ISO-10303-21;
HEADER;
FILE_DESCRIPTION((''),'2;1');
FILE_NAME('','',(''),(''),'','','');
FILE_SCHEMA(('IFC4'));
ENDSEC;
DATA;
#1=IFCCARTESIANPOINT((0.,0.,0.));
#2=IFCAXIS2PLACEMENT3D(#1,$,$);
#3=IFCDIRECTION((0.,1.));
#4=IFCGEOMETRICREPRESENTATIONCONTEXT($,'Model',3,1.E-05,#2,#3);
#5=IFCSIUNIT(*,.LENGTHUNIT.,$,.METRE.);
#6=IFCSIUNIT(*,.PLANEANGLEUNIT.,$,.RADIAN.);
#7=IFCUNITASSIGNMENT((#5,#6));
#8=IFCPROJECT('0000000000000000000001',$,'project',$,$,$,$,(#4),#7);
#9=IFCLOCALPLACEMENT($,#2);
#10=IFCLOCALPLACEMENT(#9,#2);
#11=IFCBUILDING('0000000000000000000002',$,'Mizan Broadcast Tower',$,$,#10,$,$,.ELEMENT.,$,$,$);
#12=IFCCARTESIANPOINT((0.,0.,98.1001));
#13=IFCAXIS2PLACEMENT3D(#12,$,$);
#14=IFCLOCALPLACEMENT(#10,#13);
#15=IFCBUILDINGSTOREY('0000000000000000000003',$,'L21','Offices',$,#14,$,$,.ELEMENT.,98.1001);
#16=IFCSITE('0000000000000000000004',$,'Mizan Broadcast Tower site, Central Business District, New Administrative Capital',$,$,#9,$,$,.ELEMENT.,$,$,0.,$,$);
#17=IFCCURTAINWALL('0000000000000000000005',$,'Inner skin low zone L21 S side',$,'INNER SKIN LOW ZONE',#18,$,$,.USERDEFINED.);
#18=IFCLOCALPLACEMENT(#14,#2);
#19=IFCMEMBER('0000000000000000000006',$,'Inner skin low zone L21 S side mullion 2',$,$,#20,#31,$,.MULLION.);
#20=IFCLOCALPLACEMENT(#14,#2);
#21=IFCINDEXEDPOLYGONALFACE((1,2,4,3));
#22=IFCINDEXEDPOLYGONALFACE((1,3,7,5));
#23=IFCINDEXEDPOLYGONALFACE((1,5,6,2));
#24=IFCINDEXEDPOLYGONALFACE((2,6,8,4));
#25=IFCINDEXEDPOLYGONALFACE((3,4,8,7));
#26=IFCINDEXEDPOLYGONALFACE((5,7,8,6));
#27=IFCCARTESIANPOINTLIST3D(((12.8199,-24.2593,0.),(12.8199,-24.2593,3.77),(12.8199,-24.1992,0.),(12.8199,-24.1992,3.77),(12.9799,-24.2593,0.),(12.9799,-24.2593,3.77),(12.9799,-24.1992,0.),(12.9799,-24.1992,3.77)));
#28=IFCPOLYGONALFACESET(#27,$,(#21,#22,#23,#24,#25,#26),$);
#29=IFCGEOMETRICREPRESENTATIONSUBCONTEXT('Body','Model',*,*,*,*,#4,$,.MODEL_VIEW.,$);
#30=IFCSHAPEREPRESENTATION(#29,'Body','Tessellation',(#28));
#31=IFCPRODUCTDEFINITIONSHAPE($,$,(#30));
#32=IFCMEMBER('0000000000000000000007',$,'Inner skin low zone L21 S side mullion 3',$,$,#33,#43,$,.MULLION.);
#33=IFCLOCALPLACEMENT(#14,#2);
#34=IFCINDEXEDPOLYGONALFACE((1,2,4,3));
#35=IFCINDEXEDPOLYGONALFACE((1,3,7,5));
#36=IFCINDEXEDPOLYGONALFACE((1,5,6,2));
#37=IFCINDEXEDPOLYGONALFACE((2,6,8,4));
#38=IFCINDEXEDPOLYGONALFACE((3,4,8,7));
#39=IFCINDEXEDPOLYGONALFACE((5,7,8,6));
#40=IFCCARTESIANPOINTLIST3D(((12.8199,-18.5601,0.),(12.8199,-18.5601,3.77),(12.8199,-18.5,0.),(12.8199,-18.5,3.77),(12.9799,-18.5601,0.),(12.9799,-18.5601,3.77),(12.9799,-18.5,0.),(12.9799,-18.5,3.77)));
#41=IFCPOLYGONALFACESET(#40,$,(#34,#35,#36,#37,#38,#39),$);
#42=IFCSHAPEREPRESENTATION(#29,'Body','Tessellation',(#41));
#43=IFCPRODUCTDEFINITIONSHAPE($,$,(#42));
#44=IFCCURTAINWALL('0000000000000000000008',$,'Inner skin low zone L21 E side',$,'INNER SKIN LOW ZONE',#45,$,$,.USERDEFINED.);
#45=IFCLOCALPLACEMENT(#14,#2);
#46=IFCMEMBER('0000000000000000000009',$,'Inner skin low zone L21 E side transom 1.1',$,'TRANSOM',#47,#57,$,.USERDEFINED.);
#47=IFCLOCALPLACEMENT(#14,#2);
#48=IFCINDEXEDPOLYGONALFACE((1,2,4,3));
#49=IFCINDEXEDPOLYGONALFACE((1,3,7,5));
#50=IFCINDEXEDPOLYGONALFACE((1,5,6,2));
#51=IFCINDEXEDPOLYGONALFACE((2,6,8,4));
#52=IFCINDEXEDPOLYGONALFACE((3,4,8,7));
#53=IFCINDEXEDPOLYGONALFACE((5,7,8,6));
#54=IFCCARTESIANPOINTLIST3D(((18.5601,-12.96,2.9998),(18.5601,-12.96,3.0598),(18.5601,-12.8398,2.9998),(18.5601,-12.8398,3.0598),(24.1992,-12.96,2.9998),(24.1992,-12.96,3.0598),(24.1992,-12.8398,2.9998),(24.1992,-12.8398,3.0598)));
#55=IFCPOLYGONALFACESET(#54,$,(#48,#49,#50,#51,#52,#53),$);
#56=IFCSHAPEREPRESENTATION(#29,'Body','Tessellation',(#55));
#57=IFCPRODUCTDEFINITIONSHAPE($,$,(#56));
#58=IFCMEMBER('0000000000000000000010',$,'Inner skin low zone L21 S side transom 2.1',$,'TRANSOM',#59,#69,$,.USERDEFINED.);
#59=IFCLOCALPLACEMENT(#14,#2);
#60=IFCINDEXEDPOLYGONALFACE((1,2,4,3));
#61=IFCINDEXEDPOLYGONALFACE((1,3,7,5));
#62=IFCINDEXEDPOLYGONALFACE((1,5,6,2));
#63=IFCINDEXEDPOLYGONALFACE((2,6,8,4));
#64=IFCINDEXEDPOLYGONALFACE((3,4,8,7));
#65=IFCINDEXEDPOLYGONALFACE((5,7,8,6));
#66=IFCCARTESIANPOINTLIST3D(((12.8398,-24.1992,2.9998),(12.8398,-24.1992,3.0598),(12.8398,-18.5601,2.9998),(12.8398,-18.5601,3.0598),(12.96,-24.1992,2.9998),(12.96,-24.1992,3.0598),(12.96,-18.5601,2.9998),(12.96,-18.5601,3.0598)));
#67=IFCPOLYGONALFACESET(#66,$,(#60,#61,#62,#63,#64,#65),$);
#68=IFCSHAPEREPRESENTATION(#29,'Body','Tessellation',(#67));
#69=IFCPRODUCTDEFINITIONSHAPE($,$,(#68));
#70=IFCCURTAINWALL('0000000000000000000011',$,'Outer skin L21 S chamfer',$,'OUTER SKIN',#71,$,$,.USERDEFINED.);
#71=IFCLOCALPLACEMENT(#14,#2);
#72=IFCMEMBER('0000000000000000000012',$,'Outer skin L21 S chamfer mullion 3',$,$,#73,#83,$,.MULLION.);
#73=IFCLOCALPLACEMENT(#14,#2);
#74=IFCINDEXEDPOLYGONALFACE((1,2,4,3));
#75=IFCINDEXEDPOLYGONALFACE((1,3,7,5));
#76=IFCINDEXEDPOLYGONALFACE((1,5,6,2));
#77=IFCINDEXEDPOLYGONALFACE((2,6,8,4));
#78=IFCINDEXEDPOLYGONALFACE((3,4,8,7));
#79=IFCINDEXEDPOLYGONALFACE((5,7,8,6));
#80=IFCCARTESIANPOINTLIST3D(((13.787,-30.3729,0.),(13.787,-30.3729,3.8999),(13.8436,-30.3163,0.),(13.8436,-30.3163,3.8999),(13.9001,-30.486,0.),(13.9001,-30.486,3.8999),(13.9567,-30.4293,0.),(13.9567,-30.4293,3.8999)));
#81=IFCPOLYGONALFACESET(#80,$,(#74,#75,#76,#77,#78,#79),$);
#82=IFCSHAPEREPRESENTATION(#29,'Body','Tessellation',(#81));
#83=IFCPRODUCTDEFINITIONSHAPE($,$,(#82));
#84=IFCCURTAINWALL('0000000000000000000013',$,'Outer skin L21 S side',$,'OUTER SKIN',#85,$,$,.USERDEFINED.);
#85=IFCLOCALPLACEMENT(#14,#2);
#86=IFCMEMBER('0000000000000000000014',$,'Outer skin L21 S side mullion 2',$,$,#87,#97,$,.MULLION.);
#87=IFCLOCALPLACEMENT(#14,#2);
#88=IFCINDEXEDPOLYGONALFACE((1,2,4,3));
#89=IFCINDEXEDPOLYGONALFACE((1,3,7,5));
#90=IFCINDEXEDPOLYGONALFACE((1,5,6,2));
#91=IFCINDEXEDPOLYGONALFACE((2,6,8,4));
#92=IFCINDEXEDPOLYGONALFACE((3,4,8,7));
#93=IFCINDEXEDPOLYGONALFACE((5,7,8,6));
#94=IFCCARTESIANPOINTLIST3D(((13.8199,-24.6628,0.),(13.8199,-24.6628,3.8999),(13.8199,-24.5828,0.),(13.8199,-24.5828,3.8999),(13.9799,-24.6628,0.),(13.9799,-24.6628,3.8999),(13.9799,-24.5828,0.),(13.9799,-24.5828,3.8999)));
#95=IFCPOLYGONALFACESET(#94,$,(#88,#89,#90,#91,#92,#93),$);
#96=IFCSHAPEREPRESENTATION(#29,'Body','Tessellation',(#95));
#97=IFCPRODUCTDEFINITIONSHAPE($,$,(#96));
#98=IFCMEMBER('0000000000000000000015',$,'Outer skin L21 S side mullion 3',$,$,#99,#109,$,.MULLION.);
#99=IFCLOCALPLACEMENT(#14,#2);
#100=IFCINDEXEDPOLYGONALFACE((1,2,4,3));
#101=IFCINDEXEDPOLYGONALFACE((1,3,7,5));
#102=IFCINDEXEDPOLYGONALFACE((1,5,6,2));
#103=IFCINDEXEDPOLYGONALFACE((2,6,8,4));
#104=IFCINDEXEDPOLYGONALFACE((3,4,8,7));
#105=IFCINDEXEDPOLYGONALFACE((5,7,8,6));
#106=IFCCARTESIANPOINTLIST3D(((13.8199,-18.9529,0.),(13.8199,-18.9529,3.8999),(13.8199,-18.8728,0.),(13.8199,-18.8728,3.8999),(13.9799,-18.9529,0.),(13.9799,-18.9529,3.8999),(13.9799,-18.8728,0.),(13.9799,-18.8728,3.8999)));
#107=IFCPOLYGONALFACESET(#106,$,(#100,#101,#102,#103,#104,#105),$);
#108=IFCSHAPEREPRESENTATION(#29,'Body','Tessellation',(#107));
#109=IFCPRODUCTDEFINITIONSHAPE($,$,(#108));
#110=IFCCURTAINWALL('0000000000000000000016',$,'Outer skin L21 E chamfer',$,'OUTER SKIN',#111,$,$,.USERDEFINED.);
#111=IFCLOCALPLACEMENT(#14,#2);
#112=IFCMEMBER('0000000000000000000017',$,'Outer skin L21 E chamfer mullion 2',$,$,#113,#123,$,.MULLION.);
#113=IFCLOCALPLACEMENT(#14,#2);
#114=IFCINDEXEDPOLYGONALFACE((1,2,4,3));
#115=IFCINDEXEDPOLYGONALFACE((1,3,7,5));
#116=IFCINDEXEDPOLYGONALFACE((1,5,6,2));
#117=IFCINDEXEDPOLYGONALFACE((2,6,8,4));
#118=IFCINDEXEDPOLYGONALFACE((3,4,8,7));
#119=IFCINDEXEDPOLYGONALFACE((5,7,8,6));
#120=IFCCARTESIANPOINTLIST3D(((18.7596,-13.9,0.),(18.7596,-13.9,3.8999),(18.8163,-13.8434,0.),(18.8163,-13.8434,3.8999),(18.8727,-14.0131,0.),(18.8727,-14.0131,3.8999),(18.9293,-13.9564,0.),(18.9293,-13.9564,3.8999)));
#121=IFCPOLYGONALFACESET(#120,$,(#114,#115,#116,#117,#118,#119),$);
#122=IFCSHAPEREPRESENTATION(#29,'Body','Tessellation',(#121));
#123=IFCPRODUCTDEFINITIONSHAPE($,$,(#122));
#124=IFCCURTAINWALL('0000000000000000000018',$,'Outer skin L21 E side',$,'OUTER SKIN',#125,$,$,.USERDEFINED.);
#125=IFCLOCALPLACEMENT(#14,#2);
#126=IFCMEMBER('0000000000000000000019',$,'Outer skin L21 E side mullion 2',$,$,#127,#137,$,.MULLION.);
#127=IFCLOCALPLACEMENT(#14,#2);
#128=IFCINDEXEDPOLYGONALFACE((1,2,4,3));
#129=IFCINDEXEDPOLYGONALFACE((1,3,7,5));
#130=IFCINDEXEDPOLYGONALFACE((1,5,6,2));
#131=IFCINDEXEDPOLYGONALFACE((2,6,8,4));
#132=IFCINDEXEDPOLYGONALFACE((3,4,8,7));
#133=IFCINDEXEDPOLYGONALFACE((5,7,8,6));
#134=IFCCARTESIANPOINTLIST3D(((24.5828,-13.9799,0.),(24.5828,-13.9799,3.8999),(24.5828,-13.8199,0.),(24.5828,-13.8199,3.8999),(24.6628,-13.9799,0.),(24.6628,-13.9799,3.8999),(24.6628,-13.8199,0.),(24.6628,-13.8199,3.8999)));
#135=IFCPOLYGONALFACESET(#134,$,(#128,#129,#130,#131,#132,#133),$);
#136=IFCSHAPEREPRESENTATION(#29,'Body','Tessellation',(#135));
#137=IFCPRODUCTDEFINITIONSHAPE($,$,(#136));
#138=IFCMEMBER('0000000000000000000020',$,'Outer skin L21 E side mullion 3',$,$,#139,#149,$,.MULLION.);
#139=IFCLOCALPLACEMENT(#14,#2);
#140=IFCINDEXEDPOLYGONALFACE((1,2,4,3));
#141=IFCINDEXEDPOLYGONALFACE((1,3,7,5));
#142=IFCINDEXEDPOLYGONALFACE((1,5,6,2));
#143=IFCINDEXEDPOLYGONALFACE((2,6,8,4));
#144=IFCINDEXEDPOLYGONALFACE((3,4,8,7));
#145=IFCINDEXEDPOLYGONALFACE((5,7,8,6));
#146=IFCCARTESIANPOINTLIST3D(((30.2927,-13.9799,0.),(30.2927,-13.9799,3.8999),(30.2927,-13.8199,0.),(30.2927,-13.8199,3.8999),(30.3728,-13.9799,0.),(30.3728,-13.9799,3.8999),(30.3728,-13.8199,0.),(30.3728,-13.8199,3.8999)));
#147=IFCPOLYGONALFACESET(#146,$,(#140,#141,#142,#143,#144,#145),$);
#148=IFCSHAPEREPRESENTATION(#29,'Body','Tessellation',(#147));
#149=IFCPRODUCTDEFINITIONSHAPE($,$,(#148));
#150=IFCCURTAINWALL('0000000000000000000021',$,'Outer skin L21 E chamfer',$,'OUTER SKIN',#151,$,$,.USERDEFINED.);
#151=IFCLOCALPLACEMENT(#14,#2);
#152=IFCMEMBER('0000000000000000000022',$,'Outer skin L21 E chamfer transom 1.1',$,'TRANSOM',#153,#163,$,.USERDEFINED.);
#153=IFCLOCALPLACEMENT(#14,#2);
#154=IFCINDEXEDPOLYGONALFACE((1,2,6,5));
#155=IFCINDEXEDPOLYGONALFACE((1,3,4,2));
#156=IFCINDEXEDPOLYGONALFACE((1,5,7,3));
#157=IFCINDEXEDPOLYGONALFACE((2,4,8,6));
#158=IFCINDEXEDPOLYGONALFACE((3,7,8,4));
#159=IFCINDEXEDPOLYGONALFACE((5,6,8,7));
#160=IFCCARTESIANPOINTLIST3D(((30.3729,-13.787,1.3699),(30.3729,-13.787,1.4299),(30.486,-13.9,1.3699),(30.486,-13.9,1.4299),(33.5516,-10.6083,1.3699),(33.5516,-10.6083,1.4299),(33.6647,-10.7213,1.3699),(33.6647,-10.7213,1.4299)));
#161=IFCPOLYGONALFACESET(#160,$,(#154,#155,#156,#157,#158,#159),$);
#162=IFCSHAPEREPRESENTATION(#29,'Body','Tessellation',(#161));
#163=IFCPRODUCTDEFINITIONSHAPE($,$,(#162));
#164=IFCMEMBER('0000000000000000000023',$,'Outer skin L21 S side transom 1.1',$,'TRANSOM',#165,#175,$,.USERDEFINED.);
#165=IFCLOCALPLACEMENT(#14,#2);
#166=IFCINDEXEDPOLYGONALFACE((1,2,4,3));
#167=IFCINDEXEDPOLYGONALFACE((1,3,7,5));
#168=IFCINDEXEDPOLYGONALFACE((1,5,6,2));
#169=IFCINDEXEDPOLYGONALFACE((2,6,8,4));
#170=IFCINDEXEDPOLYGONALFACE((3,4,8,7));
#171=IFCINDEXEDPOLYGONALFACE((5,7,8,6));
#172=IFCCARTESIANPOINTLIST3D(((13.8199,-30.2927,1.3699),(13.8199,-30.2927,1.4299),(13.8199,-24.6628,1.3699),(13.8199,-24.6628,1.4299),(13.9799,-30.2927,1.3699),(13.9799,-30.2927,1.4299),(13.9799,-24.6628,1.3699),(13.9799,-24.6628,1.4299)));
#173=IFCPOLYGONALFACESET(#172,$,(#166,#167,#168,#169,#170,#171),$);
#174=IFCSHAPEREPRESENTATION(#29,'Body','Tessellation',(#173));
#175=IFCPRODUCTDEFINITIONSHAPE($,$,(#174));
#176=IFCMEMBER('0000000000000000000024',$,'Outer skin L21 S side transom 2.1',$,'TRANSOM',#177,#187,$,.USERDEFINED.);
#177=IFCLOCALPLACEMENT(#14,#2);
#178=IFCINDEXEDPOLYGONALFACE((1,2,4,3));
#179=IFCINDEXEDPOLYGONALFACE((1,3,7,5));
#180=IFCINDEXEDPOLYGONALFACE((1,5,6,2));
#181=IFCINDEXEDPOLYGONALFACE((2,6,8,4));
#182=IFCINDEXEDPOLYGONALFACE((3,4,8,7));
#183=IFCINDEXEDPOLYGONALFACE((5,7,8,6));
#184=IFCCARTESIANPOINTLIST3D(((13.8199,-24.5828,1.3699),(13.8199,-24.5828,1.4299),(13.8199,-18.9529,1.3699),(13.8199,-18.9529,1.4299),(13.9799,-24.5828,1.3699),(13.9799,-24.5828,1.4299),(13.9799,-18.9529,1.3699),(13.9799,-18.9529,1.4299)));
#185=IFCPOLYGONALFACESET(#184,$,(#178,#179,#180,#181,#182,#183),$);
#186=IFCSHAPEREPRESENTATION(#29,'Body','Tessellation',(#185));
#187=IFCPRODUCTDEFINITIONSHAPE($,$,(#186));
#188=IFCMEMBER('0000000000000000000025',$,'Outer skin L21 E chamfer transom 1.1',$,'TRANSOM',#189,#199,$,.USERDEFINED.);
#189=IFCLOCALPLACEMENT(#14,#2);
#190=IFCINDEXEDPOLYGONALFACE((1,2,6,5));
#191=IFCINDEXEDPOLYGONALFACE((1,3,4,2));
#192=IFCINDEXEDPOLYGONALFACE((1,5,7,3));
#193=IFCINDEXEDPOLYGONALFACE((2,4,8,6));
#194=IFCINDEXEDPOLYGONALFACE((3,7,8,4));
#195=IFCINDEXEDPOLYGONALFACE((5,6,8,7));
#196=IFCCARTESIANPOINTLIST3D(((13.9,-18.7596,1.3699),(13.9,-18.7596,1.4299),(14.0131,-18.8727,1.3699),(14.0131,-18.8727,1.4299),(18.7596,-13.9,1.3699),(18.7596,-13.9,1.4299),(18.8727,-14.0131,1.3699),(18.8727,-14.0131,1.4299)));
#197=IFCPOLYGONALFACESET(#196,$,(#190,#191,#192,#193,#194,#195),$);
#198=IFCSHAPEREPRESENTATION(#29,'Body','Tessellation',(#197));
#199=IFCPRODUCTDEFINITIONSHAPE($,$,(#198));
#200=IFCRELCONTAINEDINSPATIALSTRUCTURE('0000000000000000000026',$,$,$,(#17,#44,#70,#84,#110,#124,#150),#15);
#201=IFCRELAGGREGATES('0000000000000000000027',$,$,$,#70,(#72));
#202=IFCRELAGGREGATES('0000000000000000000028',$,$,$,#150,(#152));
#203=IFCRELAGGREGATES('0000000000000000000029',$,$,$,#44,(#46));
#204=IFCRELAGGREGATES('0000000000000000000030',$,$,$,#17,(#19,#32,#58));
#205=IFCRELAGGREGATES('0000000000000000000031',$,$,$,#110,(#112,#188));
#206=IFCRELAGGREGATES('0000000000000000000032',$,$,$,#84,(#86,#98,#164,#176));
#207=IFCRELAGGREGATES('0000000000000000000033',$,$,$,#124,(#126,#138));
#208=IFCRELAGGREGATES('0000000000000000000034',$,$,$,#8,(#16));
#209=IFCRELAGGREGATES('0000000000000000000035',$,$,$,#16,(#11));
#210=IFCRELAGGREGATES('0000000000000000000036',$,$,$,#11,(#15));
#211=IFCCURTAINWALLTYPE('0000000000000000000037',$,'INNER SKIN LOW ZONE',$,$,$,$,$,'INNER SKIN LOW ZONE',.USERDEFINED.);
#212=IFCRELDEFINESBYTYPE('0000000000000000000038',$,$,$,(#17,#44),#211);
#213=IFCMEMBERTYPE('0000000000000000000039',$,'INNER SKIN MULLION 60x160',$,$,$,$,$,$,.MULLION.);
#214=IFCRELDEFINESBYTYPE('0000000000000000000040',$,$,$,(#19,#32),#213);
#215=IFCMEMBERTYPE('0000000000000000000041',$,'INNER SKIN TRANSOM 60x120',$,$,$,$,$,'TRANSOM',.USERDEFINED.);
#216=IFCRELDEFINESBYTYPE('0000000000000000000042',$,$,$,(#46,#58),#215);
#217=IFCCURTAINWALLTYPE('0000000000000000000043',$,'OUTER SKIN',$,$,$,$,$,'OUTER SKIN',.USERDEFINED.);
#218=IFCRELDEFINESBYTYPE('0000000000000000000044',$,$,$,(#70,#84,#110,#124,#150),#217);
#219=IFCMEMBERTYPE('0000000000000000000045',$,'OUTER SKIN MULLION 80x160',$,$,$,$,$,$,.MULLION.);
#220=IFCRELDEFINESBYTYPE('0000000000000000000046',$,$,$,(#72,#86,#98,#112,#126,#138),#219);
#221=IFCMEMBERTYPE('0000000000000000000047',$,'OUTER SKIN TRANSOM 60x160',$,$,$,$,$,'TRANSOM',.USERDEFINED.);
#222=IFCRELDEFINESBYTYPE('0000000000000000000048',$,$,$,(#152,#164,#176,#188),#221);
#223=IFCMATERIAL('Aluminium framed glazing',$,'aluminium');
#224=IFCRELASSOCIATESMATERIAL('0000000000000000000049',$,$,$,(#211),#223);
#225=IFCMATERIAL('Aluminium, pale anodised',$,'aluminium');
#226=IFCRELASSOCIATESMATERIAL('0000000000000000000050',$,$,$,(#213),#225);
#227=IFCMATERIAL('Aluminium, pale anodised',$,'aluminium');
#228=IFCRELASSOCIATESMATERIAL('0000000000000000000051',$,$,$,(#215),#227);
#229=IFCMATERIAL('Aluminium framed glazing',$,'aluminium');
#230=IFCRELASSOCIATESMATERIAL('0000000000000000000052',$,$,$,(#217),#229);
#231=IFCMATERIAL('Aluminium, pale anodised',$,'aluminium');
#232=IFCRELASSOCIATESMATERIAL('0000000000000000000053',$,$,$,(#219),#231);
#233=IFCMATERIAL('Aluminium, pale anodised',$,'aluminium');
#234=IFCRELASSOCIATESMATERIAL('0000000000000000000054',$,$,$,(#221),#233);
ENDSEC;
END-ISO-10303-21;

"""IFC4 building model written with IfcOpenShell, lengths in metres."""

from ifc_helpers import new_model, si_unit, direction, frame, origin, origin_2d, place, context, subcontext, project, spatial, rectangle, extrude, material, material_profile, profile_set, type_object, element, aggregate, save


model = new_model("IFC4")

# Units and contexts
model_context = context("Model", 3, precision=1e-05, world=origin(), true_north=direction((0.0, 1.0)))
body_context = subcontext(model_context, "Body", "Model", "MODEL_VIEW")
ifc_project = project(units=[si_unit("LENGTHUNIT", "METRE"), si_unit("PLANEANGLEUNIT", "RADIAN")], contexts=[model_context])

# Site, building, storey
site_placement = place(None, origin())
site = spatial("IfcSite", under=ifc_project, at=site_placement, Name="Mizan Broadcast Tower site, Central Business District, New Administrative Capital", CompositionType="ELEMENT", RefElevation=0.0)
building_placement = place(site_placement, origin())
building = spatial("IfcBuilding", under=site, at=building_placement, Name="Mizan Broadcast Tower", CompositionType="ELEMENT")
storey_placement = place(building_placement, frame((0.0, 0.0, 98.1001)))
storey = spatial("IfcBuildingStorey", under=building, at=storey_placement, Name="L21", Description="Offices", CompositionType="ELEMENT", Elevation=98.1001)

# Curtain wall, members
ifc_material_1 = material(Name="Aluminium framed glazing", Category="aluminium")
curtain_wall_type_1 = type_object("IfcCurtainWallType", Name="INNER SKIN LOW ZONE", ElementType="INNER SKIN LOW ZONE", PredefinedType="USERDEFINED", material=ifc_material_1)
curtain_wall_1_placement = place(storey_placement, origin())
curtain_wall_1 = element("IfcCurtainWall", 1, at=curtain_wall_1_placement, inside=storey, type_object=curtain_wall_type_1, Name="Inner skin low zone L21 S side", ObjectType="INNER SKIN LOW ZONE", PredefinedType="USERDEFINED")
ifc_material_2 = material(Name="Aluminium, pale anodised", Category="aluminium")
ifc_material_profile_1 = material_profile(ifc_material_2, rectangle(XDim=0.1599, YDim=0.0601, at=origin_2d()), Name="MULLION 160x60")
ifc_profile_set_1 = profile_set([ifc_material_profile_1], Name="Aluminium, pale anodised")
member_type_1 = type_object("IfcMemberType", Name="INNER SKIN MULLION 60x160", PredefinedType="MULLION", material=ifc_profile_set_1)
member_1_placement = place(storey_placement, frame((12.8999, -24.2292, 0.0), z_axis=(0.0, 0.0, 1.0), x_axis=(-1.0, 0.0, 0.0)))
member_1 = element("IfcMember", 2, at=member_1_placement, type_object=member_type_1, Name="Inner skin low zone L21 S side mullion 2", PredefinedType="MULLION", context=body_context, shape_type="SweptSolid", body=[
    extrude(rectangle(XDim=0.1599, YDim=0.0601, at=origin_2d()), origin(), (0.0, 0.0, 1.0), 3.77),
])
member_2_placement = place(storey_placement, frame((12.8999, -18.53, 0.0), z_axis=(0.0, 0.0, 1.0), x_axis=(-1.0, 0.0, 0.0)))
member_2 = element("IfcMember", 3, at=member_2_placement, type_object=member_type_1, Name="Inner skin low zone L21 S side mullion 3", PredefinedType="MULLION", context=body_context, shape_type="SweptSolid", body=[
    extrude(rectangle(XDim=0.1599, YDim=0.0601, at=origin_2d()), origin(), (0.0, 0.0, 1.0), 3.77),
])

# Curtain wall, member
curtain_wall_2_placement = place(storey_placement, origin())
curtain_wall_2 = element("IfcCurtainWall", 4, at=curtain_wall_2_placement, inside=storey, type_object=curtain_wall_type_1, Name="Inner skin low zone L21 E side", ObjectType="INNER SKIN LOW ZONE", PredefinedType="USERDEFINED")
ifc_material_3 = material(Name="Aluminium, pale anodised", Category="aluminium")
ifc_material_profile_2 = material_profile(ifc_material_3, rectangle(XDim=0.1201, YDim=0.0601, at=origin_2d()), Name="TRANSOM 120x60")
ifc_profile_set_2 = profile_set([ifc_material_profile_2], Name="Aluminium, pale anodised")
member_type_2 = type_object("IfcMemberType", Name="INNER SKIN TRANSOM 60x120", ElementType="TRANSOM", PredefinedType="USERDEFINED", material=ifc_profile_set_2)
member_3_placement = place(storey_placement, frame((18.5601, -12.8999, 3.0298), z_axis=(1.0, 0.0, 0.0), x_axis=(0.0, 1.0, 0.0)))
member_3 = element("IfcMember", 5, at=member_3_placement, type_object=member_type_2, Name="Inner skin low zone L21 E side transom 1.1", ObjectType="TRANSOM", PredefinedType="USERDEFINED", context=body_context, shape_type="SweptSolid", body=[
    extrude(rectangle(XDim=0.1201, YDim=0.0601, at=origin_2d()), origin(), (0.0, 0.0, 1.0), 5.6392),
])

# Member
member_4_placement = place(storey_placement, frame((12.8999, -24.1992, 3.0298), z_axis=(0.0, 1.0, 0.0), x_axis=(-1.0, 0.0, 0.0)))
member_4 = element("IfcMember", 6, at=member_4_placement, type_object=member_type_2, Name="Inner skin low zone L21 S side transom 2.1", ObjectType="TRANSOM", PredefinedType="USERDEFINED", context=body_context, shape_type="SweptSolid", body=[
    extrude(rectangle(XDim=0.1201, YDim=0.0601, at=origin_2d()), origin(), (0.0, 0.0, 1.0), 5.6392),
])

# Curtain wall, member
ifc_material_4 = material(Name="Aluminium framed glazing", Category="aluminium")
curtain_wall_type_2 = type_object("IfcCurtainWallType", Name="OUTER SKIN", ElementType="OUTER SKIN", PredefinedType="USERDEFINED", material=ifc_material_4)
curtain_wall_3_placement = place(storey_placement, origin())
curtain_wall_3 = element("IfcCurtainWall", 7, at=curtain_wall_3_placement, inside=storey, type_object=curtain_wall_type_2, Name="Outer skin L21 S chamfer", ObjectType="OUTER SKIN", PredefinedType="USERDEFINED")
ifc_material_5 = material(Name="Aluminium, pale anodised", Category="aluminium")
ifc_material_profile_3 = material_profile(ifc_material_5, rectangle(XDim=0.1599, YDim=0.0801, at=origin_2d()), Name="MULLION 160x80")
ifc_profile_set_3 = profile_set([ifc_material_profile_3], Name="Aluminium, pale anodised")
member_type_3 = type_object("IfcMemberType", Name="OUTER SKIN MULLION 80x160", PredefinedType="MULLION", material=ifc_profile_set_3)
member_5_placement = place(storey_placement, frame((13.8718, -30.4011, 0.0), z_axis=(0.0, 0.0, 1.0), x_axis=(-0.707107, 0.707107, 0.0)))
member_5 = element("IfcMember", 8, at=member_5_placement, type_object=member_type_3, Name="Outer skin L21 S chamfer mullion 3", PredefinedType="MULLION", context=body_context, shape_type="SweptSolid", body=[
    extrude(rectangle(XDim=0.1599, YDim=0.0801, at=origin_2d()), origin(), (0.0, 0.0, 1.0), 3.8999),
])
aggregate(curtain_wall_3, [member_5])

# Curtain wall, members
curtain_wall_4_placement = place(storey_placement, origin())
curtain_wall_4 = element("IfcCurtainWall", 9, at=curtain_wall_4_placement, inside=storey, type_object=curtain_wall_type_2, Name="Outer skin L21 S side", ObjectType="OUTER SKIN", PredefinedType="USERDEFINED")
member_6_placement = place(storey_placement, frame((13.8999, -24.6228, 0.0), z_axis=(0.0, 0.0, 1.0), x_axis=(-1.0, 0.0, 0.0)))
member_6 = element("IfcMember", 10, at=member_6_placement, type_object=member_type_3, Name="Outer skin L21 S side mullion 2", PredefinedType="MULLION", context=body_context, shape_type="SweptSolid", body=[
    extrude(rectangle(XDim=0.1599, YDim=0.0801, at=origin_2d()), origin(), (0.0, 0.0, 1.0), 3.8999),
])
member_7_placement = place(storey_placement, frame((13.8999, -18.9128, 0.0), z_axis=(0.0, 0.0, 1.0), x_axis=(-1.0, 0.0, 0.0)))
member_7 = element("IfcMember", 11, at=member_7_placement, type_object=member_type_3, Name="Outer skin L21 S side mullion 3", PredefinedType="MULLION", context=body_context, shape_type="SweptSolid", body=[
    extrude(rectangle(XDim=0.1599, YDim=0.0801, at=origin_2d()), origin(), (0.0, 0.0, 1.0), 3.8999),
])

# Curtain wall, member
curtain_wall_5_placement = place(storey_placement, origin())
curtain_wall_5 = element("IfcCurtainWall", 12, at=curtain_wall_5_placement, inside=storey, type_object=curtain_wall_type_2, Name="Outer skin L21 E chamfer", ObjectType="OUTER SKIN", PredefinedType="USERDEFINED")
member_8_placement = place(storey_placement, frame((18.8445, -13.9282, 0.0), z_axis=(0.0, 0.0, 1.0), x_axis=(-0.707107, 0.707107, 0.0)))
member_8 = element("IfcMember", 13, at=member_8_placement, type_object=member_type_3, Name="Outer skin L21 E chamfer mullion 2", PredefinedType="MULLION", context=body_context, shape_type="SweptSolid", body=[
    extrude(rectangle(XDim=0.1599, YDim=0.0801, at=origin_2d()), origin(), (0.0, 0.0, 1.0), 3.8999),
])

# Curtain wall, members
curtain_wall_6_placement = place(storey_placement, origin())
curtain_wall_6 = element("IfcCurtainWall", 14, at=curtain_wall_6_placement, inside=storey, type_object=curtain_wall_type_2, Name="Outer skin L21 E side", ObjectType="OUTER SKIN", PredefinedType="USERDEFINED")
member_9_placement = place(storey_placement, frame((24.6228, -13.8999, 0.0), z_axis=(0.0, 0.0, 1.0), x_axis=(0.0, 1.0, 0.0)))
member_9 = element("IfcMember", 15, at=member_9_placement, type_object=member_type_3, Name="Outer skin L21 E side mullion 2", PredefinedType="MULLION", context=body_context, shape_type="SweptSolid", body=[
    extrude(rectangle(XDim=0.1599, YDim=0.0801, at=origin_2d()), origin(), (0.0, 0.0, 1.0), 3.8999),
])
member_10_placement = place(storey_placement, frame((30.3328, -13.8999, 0.0), z_axis=(0.0, 0.0, 1.0), x_axis=(0.0, 1.0, 0.0)))
member_10 = element("IfcMember", 16, at=member_10_placement, type_object=member_type_3, Name="Outer skin L21 E side mullion 3", PredefinedType="MULLION", context=body_context, shape_type="SweptSolid", body=[
    extrude(rectangle(XDim=0.1599, YDim=0.0801, at=origin_2d()), origin(), (0.0, 0.0, 1.0), 3.8999),
])

# Curtain wall, member
curtain_wall_7_placement = place(storey_placement, origin())
curtain_wall_7 = element("IfcCurtainWall", 17, at=curtain_wall_7_placement, inside=storey, type_object=curtain_wall_type_2, Name="Outer skin L21 E chamfer", ObjectType="OUTER SKIN", PredefinedType="USERDEFINED")
ifc_material_6 = material(Name="Aluminium, pale anodised", Category="aluminium")
ifc_material_profile_4 = material_profile(ifc_material_6, rectangle(XDim=0.1599, YDim=0.0601, at=origin_2d()), Name="TRANSOM 160x60")
ifc_profile_set_4 = profile_set([ifc_material_profile_4], Name="Aluminium, pale anodised")
member_type_4 = type_object("IfcMemberType", Name="OUTER SKIN TRANSOM 60x160", ElementType="TRANSOM", PredefinedType="USERDEFINED", material=ifc_profile_set_4)
member_11_placement = place(storey_placement, frame((30.4294, -13.8435, 1.3999), z_axis=(0.707107, 0.707107, 0.0), x_axis=(-0.707107, 0.707107, 0.0)))
member_11 = element("IfcMember", 18, at=member_11_placement, type_object=member_type_4, Name="Outer skin L21 E chamfer transom 1.1", ObjectType="TRANSOM", PredefinedType="USERDEFINED", context=body_context, shape_type="SweptSolid", body=[
    extrude(rectangle(XDim=0.1599, YDim=0.0601, at=origin_2d()), origin(), (0.0, 0.0, 1.0), 4.4954),
])
aggregate(curtain_wall_7, [member_11])

# Members
member_12_placement = place(storey_placement, frame((13.8999, -30.2927, 1.3999), z_axis=(0.0, 1.0, 0.0), x_axis=(-1.0, 0.0, 0.0)))
member_12 = element("IfcMember", 19, at=member_12_placement, type_object=member_type_4, Name="Outer skin L21 S side transom 1.1", ObjectType="TRANSOM", PredefinedType="USERDEFINED", context=body_context, shape_type="SweptSolid", body=[
    extrude(rectangle(XDim=0.1599, YDim=0.0601, at=origin_2d()), origin(), (0.0, 0.0, 1.0), 5.6299),
])
member_13_placement = place(storey_placement, frame((13.8999, -24.5828, 1.3999), z_axis=(0.0, 1.0, 0.0), x_axis=(-1.0, 0.0, 0.0)))
member_13 = element("IfcMember", 20, at=member_13_placement, type_object=member_type_4, Name="Outer skin L21 S side transom 2.1", ObjectType="TRANSOM", PredefinedType="USERDEFINED", context=body_context, shape_type="SweptSolid", body=[
    extrude(rectangle(XDim=0.1599, YDim=0.0601, at=origin_2d()), origin(), (0.0, 0.0, 1.0), 5.6299),
])
member_14_placement = place(storey_placement, frame((13.9565, -18.8162, 1.3999), z_axis=(0.707107, 0.707107, 0.0), x_axis=(-0.707107, 0.707107, 0.0)))
member_14 = element("IfcMember", 21, at=member_14_placement, type_object=member_type_4, Name="Outer skin L21 E chamfer transom 1.1", ObjectType="TRANSOM", PredefinedType="USERDEFINED", context=body_context, shape_type="SweptSolid", body=[
    extrude(rectangle(XDim=0.1599, YDim=0.0601, at=origin_2d()), origin(), (0.0, 0.0, 1.0), 6.8726),
])

aggregate(curtain_wall_2, [member_3])
aggregate(curtain_wall_1, [member_1, member_2, member_4])
aggregate(curtain_wall_5, [member_8, member_14])
aggregate(curtain_wall_4, [member_6, member_7, member_12, member_13])
aggregate(curtain_wall_6, [member_9, member_10])

save(model, "model.ifc")
